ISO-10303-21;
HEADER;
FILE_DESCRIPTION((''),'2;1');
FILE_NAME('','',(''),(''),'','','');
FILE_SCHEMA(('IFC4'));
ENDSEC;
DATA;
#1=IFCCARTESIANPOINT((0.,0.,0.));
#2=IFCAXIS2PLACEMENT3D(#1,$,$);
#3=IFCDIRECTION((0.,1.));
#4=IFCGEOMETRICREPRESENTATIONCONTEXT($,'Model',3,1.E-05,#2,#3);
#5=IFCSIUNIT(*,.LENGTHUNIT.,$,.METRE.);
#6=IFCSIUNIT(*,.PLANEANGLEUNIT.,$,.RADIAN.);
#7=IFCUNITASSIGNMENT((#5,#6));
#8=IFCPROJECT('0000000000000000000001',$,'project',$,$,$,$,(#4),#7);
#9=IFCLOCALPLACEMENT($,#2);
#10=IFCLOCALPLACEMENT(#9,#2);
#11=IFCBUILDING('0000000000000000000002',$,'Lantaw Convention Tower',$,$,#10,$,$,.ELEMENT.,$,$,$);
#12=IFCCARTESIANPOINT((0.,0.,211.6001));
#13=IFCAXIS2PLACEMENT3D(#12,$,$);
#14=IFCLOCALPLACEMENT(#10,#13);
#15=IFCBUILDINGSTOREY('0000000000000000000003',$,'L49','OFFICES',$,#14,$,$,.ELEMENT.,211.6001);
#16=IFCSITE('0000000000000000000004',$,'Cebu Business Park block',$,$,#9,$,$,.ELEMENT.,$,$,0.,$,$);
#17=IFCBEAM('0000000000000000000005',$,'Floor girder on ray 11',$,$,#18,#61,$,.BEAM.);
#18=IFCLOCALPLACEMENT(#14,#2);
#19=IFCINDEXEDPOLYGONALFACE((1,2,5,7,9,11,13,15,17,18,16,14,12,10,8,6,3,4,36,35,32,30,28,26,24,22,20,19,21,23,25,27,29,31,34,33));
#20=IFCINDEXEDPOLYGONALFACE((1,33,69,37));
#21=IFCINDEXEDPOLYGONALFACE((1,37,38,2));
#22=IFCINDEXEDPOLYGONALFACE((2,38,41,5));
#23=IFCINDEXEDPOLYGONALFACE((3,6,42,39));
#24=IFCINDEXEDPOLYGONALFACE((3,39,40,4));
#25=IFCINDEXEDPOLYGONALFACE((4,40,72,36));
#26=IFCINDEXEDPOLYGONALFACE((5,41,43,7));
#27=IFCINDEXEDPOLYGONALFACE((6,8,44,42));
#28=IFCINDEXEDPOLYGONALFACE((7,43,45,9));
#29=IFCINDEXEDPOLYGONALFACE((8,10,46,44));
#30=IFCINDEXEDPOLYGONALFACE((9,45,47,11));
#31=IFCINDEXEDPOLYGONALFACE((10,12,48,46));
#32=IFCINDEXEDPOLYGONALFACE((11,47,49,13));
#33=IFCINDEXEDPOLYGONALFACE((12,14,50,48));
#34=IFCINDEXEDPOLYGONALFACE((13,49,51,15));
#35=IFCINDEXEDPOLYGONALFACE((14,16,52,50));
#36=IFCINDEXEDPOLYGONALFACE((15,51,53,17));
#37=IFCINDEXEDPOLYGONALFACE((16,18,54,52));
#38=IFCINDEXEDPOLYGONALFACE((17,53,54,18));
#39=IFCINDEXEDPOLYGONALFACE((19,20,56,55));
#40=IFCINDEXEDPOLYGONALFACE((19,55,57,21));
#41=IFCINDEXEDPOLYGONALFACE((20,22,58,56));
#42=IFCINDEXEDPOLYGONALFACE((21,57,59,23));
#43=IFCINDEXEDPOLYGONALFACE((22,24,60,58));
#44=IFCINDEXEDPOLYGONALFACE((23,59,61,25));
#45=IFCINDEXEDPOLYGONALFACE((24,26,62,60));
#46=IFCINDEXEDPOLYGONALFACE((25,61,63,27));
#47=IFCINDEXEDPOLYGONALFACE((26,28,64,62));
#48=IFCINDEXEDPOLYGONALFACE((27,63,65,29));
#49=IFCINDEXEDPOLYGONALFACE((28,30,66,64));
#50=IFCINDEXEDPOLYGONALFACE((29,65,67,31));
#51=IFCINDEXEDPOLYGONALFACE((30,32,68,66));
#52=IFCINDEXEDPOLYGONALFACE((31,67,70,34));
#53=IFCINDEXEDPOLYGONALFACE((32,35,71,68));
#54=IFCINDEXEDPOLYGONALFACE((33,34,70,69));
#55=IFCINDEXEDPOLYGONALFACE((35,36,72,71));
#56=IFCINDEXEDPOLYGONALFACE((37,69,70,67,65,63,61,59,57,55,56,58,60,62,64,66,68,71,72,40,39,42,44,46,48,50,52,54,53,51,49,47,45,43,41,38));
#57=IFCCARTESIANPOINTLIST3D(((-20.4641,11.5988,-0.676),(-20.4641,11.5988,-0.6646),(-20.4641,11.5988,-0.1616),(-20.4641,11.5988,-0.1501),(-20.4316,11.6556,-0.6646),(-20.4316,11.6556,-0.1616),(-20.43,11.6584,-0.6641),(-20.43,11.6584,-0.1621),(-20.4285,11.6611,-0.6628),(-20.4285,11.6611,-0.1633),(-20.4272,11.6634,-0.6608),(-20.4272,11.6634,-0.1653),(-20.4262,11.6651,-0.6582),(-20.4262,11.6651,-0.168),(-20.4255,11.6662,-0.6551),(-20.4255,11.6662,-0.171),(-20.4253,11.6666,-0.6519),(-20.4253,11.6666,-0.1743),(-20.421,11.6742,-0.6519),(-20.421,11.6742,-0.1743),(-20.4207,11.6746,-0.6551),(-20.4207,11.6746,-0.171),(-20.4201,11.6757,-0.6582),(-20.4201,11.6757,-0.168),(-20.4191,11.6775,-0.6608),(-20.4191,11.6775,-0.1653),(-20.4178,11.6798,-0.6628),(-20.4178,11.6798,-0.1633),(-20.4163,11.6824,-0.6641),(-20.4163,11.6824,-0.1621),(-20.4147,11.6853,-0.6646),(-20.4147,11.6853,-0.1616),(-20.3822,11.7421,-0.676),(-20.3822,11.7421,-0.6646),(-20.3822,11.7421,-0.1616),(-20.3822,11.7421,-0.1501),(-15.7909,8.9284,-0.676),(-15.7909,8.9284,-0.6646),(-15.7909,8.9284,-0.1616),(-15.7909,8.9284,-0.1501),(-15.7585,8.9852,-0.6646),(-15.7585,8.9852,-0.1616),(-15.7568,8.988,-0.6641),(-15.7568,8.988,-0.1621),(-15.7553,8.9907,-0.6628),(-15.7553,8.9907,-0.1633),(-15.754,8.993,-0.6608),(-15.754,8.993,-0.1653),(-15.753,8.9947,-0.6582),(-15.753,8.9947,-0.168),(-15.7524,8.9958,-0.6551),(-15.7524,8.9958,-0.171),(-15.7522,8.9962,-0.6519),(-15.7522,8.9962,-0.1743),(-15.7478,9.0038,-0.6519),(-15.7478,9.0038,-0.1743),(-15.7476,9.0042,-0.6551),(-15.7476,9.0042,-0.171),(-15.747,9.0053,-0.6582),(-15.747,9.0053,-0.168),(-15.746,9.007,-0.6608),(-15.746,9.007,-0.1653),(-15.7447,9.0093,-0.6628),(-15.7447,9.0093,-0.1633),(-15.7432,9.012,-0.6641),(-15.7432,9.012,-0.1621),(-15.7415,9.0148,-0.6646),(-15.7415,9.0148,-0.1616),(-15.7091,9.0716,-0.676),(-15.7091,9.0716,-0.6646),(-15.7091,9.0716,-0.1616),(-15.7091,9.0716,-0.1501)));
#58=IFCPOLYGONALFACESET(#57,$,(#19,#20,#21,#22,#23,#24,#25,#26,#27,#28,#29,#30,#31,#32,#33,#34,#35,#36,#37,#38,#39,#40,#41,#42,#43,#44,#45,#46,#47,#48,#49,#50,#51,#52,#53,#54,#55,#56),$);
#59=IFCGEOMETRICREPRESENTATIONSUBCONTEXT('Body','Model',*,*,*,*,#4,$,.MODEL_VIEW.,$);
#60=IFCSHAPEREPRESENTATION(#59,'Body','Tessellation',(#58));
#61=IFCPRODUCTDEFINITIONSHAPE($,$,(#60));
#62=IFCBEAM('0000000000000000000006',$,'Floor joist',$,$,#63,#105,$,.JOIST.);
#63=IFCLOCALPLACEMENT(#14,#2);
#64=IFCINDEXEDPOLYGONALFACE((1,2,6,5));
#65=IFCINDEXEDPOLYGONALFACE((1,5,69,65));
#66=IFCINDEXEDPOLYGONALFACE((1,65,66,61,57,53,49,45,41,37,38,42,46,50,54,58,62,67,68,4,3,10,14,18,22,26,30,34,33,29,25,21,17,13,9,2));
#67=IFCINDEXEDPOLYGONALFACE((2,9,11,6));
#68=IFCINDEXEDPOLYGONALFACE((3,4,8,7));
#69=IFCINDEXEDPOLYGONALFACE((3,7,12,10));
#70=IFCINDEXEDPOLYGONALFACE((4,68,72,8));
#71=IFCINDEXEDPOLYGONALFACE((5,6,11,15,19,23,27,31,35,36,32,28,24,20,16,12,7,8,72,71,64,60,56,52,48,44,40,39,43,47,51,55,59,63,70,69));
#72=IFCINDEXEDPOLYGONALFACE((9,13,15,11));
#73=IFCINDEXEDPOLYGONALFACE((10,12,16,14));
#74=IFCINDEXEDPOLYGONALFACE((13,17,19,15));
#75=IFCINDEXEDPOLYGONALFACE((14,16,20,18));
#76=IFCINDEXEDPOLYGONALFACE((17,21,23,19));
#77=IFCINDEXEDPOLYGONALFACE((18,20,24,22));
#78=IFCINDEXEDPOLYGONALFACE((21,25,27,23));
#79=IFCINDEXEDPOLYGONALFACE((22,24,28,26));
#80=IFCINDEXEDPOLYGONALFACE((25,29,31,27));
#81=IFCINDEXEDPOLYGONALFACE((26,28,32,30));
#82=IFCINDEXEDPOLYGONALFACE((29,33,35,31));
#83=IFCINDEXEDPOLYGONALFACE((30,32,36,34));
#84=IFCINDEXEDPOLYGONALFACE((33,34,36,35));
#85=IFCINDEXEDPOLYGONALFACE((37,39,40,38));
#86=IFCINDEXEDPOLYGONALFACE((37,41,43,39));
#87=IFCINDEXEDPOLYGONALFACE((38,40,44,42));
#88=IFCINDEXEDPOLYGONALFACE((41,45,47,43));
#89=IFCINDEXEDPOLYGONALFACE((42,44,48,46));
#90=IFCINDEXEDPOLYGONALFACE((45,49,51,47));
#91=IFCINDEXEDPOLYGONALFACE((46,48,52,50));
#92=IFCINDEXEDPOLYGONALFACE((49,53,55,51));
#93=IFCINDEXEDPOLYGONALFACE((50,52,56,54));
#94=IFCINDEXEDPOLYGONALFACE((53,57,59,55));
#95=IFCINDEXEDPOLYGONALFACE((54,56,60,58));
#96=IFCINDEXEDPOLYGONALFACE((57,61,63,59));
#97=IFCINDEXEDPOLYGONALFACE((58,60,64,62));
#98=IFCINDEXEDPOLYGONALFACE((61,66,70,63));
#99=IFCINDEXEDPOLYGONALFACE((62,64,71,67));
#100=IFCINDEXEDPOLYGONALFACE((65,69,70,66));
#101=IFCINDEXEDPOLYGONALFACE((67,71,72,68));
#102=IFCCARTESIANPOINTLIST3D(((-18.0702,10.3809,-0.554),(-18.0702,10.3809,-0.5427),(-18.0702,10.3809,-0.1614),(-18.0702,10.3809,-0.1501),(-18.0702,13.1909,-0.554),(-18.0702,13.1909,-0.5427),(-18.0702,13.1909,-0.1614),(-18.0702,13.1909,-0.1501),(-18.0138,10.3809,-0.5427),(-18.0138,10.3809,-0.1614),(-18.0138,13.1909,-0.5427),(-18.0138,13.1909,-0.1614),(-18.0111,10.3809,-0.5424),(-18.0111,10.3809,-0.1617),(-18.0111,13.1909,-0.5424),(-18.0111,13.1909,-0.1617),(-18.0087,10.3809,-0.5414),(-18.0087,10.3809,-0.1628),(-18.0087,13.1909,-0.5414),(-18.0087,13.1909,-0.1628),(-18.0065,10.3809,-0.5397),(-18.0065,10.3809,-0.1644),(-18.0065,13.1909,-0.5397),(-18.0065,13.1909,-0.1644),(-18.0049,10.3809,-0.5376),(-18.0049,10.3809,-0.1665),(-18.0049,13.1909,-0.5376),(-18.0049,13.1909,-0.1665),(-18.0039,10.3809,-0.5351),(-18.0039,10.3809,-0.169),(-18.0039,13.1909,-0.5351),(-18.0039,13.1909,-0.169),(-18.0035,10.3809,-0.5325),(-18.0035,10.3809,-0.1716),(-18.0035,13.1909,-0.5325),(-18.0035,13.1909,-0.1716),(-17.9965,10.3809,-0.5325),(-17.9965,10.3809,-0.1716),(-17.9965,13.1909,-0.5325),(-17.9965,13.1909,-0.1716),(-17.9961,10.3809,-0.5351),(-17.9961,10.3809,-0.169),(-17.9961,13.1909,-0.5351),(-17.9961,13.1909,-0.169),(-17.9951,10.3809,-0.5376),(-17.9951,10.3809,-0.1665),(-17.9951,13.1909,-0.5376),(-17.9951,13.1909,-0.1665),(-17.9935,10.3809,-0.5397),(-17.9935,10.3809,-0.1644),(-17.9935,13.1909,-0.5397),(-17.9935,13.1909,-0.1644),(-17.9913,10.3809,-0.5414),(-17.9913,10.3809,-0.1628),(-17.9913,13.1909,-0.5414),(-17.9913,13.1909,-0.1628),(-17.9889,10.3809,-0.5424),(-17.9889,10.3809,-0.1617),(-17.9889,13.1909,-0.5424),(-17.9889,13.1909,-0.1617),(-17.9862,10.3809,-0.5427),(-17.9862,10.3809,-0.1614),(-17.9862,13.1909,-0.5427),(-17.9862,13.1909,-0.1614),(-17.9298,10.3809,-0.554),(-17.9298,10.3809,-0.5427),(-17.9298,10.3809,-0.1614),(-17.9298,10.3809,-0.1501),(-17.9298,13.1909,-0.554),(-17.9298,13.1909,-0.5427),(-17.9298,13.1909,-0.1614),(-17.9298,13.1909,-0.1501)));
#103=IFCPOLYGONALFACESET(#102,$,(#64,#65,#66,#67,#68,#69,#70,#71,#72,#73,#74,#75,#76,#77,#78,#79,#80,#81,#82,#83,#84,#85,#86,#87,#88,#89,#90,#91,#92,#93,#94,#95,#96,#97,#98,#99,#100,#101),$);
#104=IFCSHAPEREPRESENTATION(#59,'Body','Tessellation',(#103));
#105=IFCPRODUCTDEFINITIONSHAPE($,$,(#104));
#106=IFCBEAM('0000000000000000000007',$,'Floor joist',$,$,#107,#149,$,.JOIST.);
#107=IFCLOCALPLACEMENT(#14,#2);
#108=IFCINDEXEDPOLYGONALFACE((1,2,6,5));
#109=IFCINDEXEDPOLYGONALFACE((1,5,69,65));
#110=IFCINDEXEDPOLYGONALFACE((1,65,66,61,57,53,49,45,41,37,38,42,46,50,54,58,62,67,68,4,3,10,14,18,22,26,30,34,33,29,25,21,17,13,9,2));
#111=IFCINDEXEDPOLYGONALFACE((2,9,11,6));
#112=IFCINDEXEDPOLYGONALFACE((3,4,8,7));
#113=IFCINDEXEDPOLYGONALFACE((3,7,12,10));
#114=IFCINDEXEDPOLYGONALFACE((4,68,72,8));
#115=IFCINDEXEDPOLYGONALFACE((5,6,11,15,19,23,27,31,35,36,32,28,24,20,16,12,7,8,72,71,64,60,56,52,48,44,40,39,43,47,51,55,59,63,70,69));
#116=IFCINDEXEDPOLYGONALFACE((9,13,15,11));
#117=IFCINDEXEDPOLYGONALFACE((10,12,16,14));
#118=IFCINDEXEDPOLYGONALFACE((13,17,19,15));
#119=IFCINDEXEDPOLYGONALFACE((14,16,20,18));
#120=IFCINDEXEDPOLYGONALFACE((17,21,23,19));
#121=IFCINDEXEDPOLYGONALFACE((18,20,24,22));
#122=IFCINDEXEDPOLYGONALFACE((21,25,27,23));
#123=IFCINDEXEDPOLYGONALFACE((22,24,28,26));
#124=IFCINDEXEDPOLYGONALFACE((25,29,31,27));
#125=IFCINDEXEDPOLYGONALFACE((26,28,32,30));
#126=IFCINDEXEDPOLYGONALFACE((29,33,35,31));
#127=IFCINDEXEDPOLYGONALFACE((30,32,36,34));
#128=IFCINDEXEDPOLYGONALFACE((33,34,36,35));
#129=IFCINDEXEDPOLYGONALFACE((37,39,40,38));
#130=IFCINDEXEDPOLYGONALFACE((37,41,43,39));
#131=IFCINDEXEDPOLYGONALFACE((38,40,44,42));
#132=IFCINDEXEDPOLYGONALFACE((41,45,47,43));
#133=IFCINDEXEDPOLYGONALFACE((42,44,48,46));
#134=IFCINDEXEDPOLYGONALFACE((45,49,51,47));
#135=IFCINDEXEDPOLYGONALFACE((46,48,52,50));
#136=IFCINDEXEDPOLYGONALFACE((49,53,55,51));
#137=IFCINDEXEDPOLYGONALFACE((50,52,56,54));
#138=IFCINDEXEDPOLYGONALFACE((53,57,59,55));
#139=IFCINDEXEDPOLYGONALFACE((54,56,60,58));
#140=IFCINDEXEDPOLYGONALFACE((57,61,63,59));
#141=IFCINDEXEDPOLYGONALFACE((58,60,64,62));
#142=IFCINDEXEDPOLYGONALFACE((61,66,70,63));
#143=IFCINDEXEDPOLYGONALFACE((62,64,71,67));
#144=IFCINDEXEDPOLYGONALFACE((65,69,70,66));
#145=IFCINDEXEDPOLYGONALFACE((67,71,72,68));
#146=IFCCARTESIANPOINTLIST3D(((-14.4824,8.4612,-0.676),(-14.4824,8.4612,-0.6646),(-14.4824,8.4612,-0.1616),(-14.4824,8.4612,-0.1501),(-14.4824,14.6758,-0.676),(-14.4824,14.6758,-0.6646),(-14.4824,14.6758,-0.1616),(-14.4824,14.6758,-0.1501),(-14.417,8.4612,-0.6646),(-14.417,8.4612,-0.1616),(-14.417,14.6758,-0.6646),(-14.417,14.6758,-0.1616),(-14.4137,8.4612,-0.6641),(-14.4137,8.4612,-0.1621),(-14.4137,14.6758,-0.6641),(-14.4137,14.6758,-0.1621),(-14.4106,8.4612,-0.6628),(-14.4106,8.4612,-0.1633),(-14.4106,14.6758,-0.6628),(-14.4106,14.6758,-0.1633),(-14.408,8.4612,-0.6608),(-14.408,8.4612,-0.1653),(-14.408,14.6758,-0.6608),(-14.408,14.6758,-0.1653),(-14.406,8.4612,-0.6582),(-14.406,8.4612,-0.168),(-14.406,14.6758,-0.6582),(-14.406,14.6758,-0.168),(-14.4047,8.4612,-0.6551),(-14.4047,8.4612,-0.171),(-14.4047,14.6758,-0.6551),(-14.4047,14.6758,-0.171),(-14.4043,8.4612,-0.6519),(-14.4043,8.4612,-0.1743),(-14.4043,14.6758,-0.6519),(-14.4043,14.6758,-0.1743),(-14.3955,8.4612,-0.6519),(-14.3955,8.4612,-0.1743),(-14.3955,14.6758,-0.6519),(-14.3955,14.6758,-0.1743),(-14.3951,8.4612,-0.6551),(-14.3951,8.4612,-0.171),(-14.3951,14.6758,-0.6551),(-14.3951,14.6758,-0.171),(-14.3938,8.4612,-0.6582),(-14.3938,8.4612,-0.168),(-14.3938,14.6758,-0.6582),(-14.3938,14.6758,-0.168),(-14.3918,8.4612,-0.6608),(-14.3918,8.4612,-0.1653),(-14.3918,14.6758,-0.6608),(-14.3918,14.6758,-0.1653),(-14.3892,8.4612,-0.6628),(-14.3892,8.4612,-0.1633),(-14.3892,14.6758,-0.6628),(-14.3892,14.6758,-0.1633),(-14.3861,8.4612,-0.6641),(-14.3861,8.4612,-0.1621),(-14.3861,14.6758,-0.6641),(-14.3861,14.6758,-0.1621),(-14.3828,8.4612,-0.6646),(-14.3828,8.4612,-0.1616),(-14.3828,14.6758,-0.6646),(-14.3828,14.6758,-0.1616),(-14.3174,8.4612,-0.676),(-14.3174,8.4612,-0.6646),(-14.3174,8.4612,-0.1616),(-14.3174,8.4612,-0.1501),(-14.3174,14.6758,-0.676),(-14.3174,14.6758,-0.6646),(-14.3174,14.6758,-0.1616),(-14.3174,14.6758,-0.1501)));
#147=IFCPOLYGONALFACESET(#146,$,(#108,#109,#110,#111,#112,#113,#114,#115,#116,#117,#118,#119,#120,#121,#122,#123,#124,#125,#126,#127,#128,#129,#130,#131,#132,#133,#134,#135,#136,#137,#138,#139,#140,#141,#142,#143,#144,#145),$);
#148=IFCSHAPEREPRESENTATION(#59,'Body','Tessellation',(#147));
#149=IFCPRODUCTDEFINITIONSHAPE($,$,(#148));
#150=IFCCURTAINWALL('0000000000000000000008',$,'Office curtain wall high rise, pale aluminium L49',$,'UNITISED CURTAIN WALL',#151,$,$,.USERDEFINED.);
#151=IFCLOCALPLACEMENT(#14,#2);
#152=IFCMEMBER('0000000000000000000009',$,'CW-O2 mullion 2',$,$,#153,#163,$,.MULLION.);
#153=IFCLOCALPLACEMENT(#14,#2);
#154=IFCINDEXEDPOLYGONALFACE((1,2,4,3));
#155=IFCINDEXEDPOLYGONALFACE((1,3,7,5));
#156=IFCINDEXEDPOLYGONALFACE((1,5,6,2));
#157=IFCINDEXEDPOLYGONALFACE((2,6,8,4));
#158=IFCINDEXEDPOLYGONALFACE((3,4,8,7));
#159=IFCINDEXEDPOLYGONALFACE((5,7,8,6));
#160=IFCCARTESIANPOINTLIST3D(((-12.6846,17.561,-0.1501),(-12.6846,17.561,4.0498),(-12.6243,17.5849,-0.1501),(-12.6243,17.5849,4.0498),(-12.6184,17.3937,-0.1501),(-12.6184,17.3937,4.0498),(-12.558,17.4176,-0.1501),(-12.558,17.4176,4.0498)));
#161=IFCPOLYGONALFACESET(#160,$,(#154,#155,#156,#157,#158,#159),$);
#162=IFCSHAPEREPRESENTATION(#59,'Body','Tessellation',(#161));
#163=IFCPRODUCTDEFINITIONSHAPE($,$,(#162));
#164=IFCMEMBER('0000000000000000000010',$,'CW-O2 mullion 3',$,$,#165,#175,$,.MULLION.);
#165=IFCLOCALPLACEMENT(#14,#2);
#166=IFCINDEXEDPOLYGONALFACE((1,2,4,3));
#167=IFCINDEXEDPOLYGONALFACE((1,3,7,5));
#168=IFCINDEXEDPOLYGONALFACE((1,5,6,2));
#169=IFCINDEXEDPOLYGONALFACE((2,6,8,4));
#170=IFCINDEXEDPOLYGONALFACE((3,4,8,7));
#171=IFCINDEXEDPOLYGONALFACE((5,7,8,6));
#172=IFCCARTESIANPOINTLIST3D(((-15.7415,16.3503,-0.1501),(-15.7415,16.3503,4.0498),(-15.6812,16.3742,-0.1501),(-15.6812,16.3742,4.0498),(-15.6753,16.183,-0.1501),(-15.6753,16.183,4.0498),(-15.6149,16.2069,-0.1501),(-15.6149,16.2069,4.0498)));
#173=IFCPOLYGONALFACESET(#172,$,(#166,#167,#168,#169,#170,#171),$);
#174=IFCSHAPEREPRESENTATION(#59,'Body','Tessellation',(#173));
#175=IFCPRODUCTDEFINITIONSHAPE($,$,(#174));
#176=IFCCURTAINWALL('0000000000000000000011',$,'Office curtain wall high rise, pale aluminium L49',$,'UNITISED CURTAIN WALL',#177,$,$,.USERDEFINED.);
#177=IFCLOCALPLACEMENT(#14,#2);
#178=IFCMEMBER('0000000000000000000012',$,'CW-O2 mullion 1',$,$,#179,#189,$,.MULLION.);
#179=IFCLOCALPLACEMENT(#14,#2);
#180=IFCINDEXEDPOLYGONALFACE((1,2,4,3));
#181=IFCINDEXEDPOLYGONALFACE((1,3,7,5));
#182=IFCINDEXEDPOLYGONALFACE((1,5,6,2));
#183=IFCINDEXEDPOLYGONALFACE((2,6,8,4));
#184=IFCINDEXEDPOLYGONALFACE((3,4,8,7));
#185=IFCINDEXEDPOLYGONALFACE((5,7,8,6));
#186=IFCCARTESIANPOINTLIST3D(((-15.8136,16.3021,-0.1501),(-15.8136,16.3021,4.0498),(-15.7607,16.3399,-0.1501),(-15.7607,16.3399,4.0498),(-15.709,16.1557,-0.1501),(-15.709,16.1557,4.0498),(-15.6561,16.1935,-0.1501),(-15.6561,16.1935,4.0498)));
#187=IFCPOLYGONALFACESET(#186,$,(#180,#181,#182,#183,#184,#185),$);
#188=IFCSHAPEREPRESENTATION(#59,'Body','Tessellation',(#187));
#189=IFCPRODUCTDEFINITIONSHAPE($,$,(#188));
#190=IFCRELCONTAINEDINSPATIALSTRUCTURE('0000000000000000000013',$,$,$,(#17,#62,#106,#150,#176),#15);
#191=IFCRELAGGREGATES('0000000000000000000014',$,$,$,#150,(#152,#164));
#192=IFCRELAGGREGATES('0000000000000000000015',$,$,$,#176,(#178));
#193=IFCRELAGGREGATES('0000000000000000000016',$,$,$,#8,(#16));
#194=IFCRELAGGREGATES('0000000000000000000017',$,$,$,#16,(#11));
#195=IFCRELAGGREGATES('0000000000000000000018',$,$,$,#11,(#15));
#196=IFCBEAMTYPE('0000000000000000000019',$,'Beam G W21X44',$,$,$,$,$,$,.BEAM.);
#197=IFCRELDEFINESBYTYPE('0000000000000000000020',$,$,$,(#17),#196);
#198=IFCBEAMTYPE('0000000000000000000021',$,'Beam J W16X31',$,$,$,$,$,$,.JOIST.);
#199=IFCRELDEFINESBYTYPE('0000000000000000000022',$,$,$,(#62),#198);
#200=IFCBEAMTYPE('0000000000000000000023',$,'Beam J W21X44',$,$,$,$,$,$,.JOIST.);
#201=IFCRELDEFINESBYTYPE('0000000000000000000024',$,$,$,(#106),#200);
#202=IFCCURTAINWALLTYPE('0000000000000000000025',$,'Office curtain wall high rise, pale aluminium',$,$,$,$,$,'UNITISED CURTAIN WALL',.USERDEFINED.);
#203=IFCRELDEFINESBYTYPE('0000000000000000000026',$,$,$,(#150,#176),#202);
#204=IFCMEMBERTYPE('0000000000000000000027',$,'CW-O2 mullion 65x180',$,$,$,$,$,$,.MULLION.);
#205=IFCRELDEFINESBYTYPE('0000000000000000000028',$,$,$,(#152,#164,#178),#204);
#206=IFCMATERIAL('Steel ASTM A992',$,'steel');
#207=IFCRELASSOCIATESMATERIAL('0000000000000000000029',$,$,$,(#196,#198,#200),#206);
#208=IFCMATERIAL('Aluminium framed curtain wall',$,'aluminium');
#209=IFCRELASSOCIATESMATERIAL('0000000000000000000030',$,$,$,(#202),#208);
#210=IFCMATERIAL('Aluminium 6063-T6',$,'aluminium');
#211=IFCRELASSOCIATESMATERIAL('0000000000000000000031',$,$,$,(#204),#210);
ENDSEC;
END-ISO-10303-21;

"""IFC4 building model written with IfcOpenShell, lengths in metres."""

from ifc_helpers import new_model, si_unit, direction, frame, origin, origin_2d, place, context, subcontext, project, spatial, rectangle, i_section, extrude, material, material_profile, profile_set, type_object, element, aggregate, save


model = new_model("IFC4")

# Units and contexts
model_context = context("Model", 3, precision=1e-05, world=origin(), true_north=direction((0.0, 1.0)))
body_context = subcontext(model_context, "Body", "Model", "MODEL_VIEW")
ifc_project = project(units=[si_unit("LENGTHUNIT", "METRE"), si_unit("PLANEANGLEUNIT", "RADIAN")], contexts=[model_context])

# Site, building, storey
site_placement = place(None, origin())
site = spatial("IfcSite", under=ifc_project, at=site_placement, Name="Cebu Business Park block", CompositionType="ELEMENT", RefElevation=0.0)
building_placement = place(site_placement, origin())
building = spatial("IfcBuilding", under=site, at=building_placement, Name="Lantaw Convention Tower", CompositionType="ELEMENT")
storey_placement = place(building_placement, frame((0.0, 0.0, 211.6001)))
storey = spatial("IfcBuildingStorey", under=building, at=storey_placement, Name="L49", Description="OFFICES", CompositionType="ELEMENT", Elevation=211.6001)

# Beams
ifc_material_1 = material(Name="Steel ASTM A992", Category="steel")
ifc_material_profile_1 = material_profile(ifc_material_1, i_section(OverallWidth=0.165, OverallDepth=0.5259, WebThickness=0.0088, FlangeThickness=0.0115, FilletRadius=0.0127, at=origin_2d()), Name="W21X44")
ifc_profile_set_1 = profile_set([ifc_material_profile_1], Name="Steel ASTM A992")
beam_type_1 = type_object("IfcBeamType", Name="Beam G W21X44", PredefinedType="BEAM", material=ifc_profile_set_1)
beam_1_placement = place(storey_placement, frame((-15.75, 9.0, -0.4131), z_axis=(-0.868238, 0.496149, 0.0), x_axis=(-0.496149, -0.868238, 0.0)))
element("IfcBeam", 1, at=beam_1_placement, inside=storey, type_object=beam_type_1, Name="Floor girder on ray 11", PredefinedType="BEAM", context=body_context, shape_type="SweptSolid", body=[
    extrude(i_section(OverallWidth=0.165, OverallDepth=0.5259, WebThickness=0.0088, FlangeThickness=0.0115, FilletRadius=0.0127, at=origin_2d()), origin(), (0.0, 0.0, 1.0), 5.3823),
])
ifc_material_profile_2 = material_profile(ifc_material_1, i_section(OverallWidth=0.1404, OverallDepth=0.4038, WebThickness=0.0071, FlangeThickness=0.0112, FilletRadius=0.0103, at=origin_2d()), Name="W16X31")
ifc_profile_set_2 = profile_set([ifc_material_profile_2], Name="Steel ASTM A992")
beam_type_2 = type_object("IfcBeamType", Name="Beam J W16X31", PredefinedType="JOIST", material=ifc_profile_set_2)
beam_2_placement = place(storey_placement, frame((-18.0, 10.3809, -0.3521), z_axis=(0.0, 1.0, 0.0), x_axis=(-1.0, 0.0, 0.0)))
element("IfcBeam", 2, at=beam_2_placement, inside=storey, type_object=beam_type_2, Name="Floor joist", PredefinedType="JOIST", context=body_context, shape_type="SweptSolid", body=[
    extrude(i_section(OverallWidth=0.1404, OverallDepth=0.4038, WebThickness=0.0071, FlangeThickness=0.0112, FilletRadius=0.0103, at=origin_2d()), origin(), (0.0, 0.0, 1.0), 2.8101),
])
ifc_material_profile_3 = material_profile(ifc_material_1, i_section(OverallWidth=0.165, OverallDepth=0.5259, WebThickness=0.0088, FlangeThickness=0.0115, FilletRadius=0.0127, at=origin_2d()), Name="W21X44")
ifc_profile_set_3 = profile_set([ifc_material_profile_3], Name="Steel ASTM A992")
beam_type_3 = type_object("IfcBeamType", Name="Beam J W21X44", PredefinedType="JOIST", material=ifc_profile_set_3)
beam_3_placement = place(storey_placement, frame((-14.3999, 8.4612, -0.4131), z_axis=(0.0, 1.0, 0.0), x_axis=(-1.0, 0.0, 0.0)))
element("IfcBeam", 3, at=beam_3_placement, inside=storey, type_object=beam_type_3, Name="Floor joist", PredefinedType="JOIST", context=body_context, shape_type="SweptSolid", body=[
    extrude(i_section(OverallWidth=0.165, OverallDepth=0.5259, WebThickness=0.0088, FlangeThickness=0.0115, FilletRadius=0.0127, at=origin_2d()), origin(), (0.0, 0.0, 1.0), 6.2146),
])

# Curtain walls, members
ifc_material_2 = material(Name="Aluminium framed curtain wall", Category="aluminium")
curtain_wall_type = type_object("IfcCurtainWallType", Name="Office curtain wall high rise, pale aluminium", ElementType="UNITISED CURTAIN WALL", PredefinedType="USERDEFINED", material=ifc_material_2)
curtain_wall_1_placement = place(storey_placement, origin())
curtain_wall_1 = element("IfcCurtainWall", 4, at=curtain_wall_1_placement, inside=storey, type_object=curtain_wall_type, Name="Office curtain wall high rise, pale aluminium L49", ObjectType="UNITISED CURTAIN WALL", PredefinedType="USERDEFINED")
ifc_material_3 = material(Name="Aluminium 6063-T6", Category="aluminium")
ifc_material_profile_4 = material_profile(ifc_material_3, rectangle(XDim=0.1799, YDim=0.0649, at=origin_2d()), Name="CW-O2 mullion 65x180")
ifc_profile_set_4 = profile_set([ifc_material_profile_4], Name="Aluminium 6063-T6")
member_type_1 = type_object("IfcMemberType", Name="CW-O2 mullion 65x180", PredefinedType="MULLION", material=ifc_profile_set_4)
member_1_placement = place(storey_placement, frame((-12.6213, 17.4893, -0.1501), z_axis=(0.0, 0.0, 1.0), x_axis=(0.368162, -0.929762, 0.0)))
member_1 = element("IfcMember", 5, at=member_1_placement, type_object=member_type_1, Name="CW-O2 mullion 2", PredefinedType="MULLION", context=body_context, shape_type="SweptSolid", body=[
    extrude(rectangle(XDim=0.1799, YDim=0.0649, at=origin_2d()), origin(), (0.0, 0.0, 1.0), 4.2),
])
member_2_placement = place(storey_placement, frame((-15.6782, 16.2786, -0.1501), z_axis=(0.0, 0.0, 1.0), x_axis=(0.368162, -0.929762, 0.0)))
member_2 = element("IfcMember", 6, at=member_2_placement, type_object=member_type_1, Name="CW-O2 mullion 3", PredefinedType="MULLION", context=body_context, shape_type="SweptSolid", body=[
    extrude(rectangle(XDim=0.1799, YDim=0.0649, at=origin_2d()), origin(), (0.0, 0.0, 1.0), 4.2),
])
curtain_wall_2_placement = place(storey_placement, origin())
curtain_wall_2 = element("IfcCurtainWall", 7, at=curtain_wall_2_placement, inside=storey, type_object=curtain_wall_type, Name="Office curtain wall high rise, pale aluminium L49", ObjectType="UNITISED CURTAIN WALL", PredefinedType="USERDEFINED")
member_3_placement = place(storey_placement, frame((-15.7349, 16.2478, -0.1501), z_axis=(0.0, 0.0, 1.0), x_axis=(0.581323, -0.813673, 0.0)))
member_3 = element("IfcMember", 8, at=member_3_placement, type_object=member_type_1, Name="CW-O2 mullion 1", PredefinedType="MULLION", context=body_context, shape_type="SweptSolid", body=[
    extrude(rectangle(XDim=0.1799, YDim=0.0649, at=origin_2d()), origin(), (0.0, 0.0, 1.0), 4.2),
])

aggregate(curtain_wall_1, [member_1, member_2])
aggregate(curtain_wall_2, [member_3])

save(model, "model.ifc")
